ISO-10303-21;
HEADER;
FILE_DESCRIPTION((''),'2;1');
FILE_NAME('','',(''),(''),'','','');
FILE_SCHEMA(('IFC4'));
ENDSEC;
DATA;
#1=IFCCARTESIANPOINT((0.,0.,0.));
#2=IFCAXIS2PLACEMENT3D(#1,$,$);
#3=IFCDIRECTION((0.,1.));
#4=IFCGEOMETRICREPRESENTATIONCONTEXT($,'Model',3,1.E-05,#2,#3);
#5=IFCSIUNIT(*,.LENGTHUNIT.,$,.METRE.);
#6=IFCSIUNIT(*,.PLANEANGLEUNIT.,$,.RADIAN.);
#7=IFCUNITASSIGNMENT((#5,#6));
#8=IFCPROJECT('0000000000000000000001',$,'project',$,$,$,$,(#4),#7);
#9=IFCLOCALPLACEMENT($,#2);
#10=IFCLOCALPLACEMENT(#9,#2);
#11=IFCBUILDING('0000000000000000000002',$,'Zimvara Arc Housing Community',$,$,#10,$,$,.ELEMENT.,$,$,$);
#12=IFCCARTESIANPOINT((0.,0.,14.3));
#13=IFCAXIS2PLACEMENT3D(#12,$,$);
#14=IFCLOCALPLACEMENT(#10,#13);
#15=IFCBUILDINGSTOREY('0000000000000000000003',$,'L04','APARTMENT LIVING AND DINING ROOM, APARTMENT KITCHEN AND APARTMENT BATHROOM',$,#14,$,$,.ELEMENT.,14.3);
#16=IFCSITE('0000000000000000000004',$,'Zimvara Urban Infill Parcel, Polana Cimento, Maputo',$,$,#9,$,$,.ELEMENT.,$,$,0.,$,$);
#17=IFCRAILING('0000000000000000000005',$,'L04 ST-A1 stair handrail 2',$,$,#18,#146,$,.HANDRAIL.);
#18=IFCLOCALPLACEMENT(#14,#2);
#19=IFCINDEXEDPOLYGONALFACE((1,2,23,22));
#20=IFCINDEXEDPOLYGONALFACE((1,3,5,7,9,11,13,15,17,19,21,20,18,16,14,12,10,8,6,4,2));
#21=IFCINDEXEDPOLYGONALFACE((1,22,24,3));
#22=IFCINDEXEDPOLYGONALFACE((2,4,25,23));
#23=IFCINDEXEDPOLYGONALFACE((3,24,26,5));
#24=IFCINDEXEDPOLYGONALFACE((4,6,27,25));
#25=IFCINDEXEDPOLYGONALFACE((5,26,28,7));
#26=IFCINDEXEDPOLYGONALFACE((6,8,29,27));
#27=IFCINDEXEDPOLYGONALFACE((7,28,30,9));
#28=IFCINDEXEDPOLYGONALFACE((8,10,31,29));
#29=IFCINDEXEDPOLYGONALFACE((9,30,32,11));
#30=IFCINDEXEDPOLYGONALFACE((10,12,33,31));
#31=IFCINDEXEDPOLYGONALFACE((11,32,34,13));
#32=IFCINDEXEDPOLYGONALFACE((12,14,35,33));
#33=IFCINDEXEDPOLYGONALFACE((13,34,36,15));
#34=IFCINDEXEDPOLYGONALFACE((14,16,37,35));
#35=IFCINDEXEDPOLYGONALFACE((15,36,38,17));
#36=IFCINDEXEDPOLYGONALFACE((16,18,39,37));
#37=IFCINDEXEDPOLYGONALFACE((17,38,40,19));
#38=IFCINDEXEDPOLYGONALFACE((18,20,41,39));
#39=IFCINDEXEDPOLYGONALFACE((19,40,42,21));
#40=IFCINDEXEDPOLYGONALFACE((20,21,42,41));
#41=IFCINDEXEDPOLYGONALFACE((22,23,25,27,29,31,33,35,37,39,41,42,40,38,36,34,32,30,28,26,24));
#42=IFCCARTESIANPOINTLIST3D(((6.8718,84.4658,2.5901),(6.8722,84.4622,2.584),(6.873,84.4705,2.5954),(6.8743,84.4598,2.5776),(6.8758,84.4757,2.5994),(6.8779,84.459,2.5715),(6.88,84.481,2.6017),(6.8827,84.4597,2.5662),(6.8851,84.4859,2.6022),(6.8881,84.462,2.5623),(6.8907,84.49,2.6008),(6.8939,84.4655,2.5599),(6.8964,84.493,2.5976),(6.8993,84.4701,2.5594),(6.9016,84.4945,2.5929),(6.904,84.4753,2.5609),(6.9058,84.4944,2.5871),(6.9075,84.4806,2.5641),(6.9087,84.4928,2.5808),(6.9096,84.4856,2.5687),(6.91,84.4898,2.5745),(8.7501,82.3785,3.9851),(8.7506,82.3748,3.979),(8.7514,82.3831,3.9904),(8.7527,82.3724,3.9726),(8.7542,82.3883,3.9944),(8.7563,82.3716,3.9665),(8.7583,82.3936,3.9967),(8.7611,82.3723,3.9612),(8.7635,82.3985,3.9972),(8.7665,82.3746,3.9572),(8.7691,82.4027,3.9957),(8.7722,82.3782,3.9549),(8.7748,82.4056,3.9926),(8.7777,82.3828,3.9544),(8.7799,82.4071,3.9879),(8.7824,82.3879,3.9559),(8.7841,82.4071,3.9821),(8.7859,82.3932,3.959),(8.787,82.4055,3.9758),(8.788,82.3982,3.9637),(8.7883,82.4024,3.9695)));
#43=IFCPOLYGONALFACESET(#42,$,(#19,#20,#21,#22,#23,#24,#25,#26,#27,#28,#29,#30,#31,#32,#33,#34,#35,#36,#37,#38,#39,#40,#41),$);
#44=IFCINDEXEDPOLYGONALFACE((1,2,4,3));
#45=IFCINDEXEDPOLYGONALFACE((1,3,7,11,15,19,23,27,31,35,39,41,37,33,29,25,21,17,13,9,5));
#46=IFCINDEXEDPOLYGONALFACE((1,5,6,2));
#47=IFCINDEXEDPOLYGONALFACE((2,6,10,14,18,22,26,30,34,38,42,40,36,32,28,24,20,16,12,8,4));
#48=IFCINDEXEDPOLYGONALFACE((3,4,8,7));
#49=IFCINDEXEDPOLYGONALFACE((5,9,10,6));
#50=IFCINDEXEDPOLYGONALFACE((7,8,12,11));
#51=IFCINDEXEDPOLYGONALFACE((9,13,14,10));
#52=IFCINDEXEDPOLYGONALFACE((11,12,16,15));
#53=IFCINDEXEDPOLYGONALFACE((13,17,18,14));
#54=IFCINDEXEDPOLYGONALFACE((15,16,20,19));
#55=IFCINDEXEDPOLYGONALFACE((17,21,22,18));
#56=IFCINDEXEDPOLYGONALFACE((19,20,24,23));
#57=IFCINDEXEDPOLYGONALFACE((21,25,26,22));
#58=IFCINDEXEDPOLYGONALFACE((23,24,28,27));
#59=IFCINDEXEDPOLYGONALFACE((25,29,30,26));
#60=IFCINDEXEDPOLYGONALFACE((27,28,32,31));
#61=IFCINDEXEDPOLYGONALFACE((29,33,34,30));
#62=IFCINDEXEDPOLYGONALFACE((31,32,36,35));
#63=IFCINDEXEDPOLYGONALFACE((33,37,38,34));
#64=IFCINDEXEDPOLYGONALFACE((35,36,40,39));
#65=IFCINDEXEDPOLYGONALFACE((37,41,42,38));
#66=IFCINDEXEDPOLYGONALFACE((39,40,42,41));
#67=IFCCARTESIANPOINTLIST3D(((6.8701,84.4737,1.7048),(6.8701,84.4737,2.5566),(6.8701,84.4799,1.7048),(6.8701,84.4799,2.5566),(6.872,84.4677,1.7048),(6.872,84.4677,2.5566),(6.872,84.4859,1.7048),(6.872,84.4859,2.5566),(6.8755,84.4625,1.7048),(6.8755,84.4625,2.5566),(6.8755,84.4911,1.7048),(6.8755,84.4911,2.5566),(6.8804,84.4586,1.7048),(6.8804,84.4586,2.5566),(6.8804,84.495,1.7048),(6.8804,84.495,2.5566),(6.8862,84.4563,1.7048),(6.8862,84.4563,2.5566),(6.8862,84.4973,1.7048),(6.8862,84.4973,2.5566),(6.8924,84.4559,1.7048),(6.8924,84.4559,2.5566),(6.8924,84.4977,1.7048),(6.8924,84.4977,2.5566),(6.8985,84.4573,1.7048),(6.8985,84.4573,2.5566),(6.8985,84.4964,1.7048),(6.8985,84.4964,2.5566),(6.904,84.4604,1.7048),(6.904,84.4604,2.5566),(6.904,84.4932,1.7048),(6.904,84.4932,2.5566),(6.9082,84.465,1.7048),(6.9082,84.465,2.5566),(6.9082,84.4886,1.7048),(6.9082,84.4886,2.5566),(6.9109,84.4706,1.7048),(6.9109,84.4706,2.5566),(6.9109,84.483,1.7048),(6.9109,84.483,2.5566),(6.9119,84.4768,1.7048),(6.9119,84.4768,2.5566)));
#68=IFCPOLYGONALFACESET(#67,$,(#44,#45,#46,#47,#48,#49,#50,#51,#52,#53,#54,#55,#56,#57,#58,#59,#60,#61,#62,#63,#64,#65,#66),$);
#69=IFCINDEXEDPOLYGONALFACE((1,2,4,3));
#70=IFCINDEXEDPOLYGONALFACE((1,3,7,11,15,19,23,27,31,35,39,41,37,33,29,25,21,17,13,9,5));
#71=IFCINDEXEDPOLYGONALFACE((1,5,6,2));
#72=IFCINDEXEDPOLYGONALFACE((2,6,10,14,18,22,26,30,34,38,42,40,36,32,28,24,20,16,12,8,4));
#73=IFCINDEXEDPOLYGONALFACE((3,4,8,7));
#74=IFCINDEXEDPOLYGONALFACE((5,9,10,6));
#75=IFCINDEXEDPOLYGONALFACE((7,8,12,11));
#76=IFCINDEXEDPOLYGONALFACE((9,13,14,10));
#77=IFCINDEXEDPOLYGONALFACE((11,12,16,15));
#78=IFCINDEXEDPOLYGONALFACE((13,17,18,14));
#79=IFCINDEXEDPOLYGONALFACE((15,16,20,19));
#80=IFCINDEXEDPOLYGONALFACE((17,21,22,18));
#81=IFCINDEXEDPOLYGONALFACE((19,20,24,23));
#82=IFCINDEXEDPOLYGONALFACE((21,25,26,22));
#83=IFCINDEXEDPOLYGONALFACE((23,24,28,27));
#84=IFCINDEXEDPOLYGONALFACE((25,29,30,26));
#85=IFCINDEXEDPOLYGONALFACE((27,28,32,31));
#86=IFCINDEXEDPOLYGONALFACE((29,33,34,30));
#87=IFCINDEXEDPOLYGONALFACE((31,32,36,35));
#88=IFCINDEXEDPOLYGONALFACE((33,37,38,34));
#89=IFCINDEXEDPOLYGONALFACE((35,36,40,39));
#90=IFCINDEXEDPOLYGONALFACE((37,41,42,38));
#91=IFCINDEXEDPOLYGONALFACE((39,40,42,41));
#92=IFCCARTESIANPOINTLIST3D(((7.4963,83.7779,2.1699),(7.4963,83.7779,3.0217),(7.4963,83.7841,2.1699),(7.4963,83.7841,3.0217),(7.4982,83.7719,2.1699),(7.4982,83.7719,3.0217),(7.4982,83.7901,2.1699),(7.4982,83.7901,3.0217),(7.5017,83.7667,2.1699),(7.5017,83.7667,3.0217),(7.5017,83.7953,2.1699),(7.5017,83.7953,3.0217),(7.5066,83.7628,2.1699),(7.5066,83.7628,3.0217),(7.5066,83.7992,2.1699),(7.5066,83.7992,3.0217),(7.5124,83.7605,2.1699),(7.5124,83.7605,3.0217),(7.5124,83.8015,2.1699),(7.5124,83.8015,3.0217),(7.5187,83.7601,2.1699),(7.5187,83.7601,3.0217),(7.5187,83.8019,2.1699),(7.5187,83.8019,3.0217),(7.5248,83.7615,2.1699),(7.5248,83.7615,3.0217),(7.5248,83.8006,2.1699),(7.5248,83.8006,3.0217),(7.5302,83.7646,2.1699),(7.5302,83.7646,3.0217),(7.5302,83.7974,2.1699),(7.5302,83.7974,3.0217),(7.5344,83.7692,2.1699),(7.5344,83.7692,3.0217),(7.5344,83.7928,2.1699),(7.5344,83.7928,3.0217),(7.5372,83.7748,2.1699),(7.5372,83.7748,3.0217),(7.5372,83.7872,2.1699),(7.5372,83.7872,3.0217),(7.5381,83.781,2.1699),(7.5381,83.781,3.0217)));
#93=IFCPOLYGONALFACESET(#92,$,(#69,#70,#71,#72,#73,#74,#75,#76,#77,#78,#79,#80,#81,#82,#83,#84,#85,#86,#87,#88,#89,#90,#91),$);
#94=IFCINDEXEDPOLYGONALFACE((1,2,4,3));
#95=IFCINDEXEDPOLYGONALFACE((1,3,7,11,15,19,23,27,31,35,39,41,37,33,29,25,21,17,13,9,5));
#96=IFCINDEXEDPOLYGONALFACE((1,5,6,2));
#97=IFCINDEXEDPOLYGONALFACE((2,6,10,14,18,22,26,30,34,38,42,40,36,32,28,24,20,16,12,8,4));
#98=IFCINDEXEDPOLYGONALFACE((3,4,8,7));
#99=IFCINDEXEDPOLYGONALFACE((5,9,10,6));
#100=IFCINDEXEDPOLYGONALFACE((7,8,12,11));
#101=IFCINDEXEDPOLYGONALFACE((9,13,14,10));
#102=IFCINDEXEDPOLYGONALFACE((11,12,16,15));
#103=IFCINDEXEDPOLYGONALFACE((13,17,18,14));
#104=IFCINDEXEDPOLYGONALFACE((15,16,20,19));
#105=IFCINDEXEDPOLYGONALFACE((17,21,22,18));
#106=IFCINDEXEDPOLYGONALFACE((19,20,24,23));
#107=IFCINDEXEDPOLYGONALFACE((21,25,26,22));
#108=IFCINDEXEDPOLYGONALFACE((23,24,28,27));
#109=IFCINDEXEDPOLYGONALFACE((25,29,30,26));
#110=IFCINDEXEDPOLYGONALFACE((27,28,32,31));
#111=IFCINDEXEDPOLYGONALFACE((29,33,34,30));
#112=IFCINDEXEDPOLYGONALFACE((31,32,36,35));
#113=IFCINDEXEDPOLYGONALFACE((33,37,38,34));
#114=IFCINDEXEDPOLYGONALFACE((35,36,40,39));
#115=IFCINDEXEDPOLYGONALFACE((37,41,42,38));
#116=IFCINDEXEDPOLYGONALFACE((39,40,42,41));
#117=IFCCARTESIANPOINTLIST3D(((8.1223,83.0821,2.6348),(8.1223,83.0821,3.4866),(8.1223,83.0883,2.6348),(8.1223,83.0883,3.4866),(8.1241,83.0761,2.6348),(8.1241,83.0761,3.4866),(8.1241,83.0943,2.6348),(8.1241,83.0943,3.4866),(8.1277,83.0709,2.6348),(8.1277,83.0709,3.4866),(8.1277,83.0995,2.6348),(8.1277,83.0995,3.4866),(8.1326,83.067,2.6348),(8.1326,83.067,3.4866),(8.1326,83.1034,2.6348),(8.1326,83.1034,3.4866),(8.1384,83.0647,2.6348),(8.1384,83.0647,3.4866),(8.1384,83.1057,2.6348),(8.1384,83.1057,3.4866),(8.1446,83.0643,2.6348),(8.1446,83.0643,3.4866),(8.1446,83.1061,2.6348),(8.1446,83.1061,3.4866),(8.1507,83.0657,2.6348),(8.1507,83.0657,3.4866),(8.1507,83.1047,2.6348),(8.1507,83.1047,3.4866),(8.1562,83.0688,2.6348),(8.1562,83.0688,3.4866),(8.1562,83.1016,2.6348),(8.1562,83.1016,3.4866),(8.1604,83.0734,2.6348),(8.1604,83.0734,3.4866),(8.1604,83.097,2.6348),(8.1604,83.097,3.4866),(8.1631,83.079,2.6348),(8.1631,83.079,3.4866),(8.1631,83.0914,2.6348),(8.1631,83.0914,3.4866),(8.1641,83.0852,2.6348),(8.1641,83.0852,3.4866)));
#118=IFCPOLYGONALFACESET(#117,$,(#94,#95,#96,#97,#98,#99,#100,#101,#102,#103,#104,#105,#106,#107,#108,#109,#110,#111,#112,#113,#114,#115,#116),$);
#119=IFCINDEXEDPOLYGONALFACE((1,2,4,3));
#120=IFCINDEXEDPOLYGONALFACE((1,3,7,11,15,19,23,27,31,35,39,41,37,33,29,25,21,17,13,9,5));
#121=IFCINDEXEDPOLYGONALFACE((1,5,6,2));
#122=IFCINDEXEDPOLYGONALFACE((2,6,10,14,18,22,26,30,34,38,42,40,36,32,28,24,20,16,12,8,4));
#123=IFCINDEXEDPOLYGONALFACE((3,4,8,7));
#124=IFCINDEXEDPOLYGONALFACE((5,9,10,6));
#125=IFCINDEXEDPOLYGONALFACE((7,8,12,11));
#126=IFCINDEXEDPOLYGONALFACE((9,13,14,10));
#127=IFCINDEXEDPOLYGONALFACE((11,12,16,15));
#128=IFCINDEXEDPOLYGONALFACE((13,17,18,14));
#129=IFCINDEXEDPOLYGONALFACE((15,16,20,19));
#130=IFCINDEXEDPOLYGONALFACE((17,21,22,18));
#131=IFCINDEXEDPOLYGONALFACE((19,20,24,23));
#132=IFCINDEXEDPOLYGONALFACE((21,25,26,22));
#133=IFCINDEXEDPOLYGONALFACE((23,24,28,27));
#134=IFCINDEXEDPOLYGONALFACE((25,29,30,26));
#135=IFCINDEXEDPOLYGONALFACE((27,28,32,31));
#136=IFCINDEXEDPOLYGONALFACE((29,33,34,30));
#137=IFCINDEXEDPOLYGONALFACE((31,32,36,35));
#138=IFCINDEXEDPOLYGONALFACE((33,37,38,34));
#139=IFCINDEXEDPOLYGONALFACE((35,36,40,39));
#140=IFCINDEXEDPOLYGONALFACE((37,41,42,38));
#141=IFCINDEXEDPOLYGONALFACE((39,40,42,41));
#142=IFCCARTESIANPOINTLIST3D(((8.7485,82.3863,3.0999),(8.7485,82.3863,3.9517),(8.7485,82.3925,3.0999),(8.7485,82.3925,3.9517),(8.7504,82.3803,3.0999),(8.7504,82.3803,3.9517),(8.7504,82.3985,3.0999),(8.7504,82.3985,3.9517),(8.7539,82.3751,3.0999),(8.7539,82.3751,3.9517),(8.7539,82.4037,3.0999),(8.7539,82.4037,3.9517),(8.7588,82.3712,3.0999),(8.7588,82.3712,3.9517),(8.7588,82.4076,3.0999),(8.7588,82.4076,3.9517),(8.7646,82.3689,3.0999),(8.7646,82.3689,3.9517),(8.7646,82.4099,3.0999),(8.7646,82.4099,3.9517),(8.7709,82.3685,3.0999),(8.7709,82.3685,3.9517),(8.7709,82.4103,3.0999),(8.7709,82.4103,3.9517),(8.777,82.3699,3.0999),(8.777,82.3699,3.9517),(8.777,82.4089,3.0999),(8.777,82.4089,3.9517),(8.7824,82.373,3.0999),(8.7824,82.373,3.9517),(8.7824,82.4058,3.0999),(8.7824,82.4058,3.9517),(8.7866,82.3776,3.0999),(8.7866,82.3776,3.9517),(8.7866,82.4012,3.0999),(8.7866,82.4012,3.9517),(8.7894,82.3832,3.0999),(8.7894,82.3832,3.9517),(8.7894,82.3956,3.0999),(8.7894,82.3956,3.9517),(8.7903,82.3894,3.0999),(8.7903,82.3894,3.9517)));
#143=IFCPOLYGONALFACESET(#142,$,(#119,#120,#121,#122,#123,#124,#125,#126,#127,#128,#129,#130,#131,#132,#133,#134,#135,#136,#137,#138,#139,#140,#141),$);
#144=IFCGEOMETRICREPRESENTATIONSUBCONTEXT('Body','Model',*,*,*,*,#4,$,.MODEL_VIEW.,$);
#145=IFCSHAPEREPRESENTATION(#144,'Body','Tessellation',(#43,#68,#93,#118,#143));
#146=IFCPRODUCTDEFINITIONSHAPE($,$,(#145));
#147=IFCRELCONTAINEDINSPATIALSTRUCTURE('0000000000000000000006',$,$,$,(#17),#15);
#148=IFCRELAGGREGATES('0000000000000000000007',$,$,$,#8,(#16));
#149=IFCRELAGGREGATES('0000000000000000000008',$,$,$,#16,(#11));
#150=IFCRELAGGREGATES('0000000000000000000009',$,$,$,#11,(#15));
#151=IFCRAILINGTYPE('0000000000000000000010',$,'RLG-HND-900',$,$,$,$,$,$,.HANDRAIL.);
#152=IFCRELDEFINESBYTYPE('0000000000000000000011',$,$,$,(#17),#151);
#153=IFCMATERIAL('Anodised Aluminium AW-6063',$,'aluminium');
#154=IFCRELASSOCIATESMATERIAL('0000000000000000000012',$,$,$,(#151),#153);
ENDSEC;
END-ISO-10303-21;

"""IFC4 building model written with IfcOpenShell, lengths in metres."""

from ifc_helpers import new_model, si_unit, direction, frame, origin, origin_2d, place, context, subcontext, project, spatial, circle, extrude, material, type_object, element, save


model = new_model("IFC4")

# Units and contexts
model_context = context("Model", 3, precision=1e-05, world=origin(), true_north=direction((0.0, 1.0)))
body_context = subcontext(model_context, "Body", "Model", "MODEL_VIEW")
ifc_project = project(units=[si_unit("LENGTHUNIT", "METRE"), si_unit("PLANEANGLEUNIT", "RADIAN")], contexts=[model_context])

# Site, building, storey
site_placement = place(None, origin())
site = spatial("IfcSite", under=ifc_project, at=site_placement, Name="Zimvara Urban Infill Parcel, Polana Cimento, Maputo", CompositionType="ELEMENT", RefElevation=0.0)
building_placement = place(site_placement, origin())
building = spatial("IfcBuilding", under=site, at=building_placement, Name="Zimvara Arc Housing Community", CompositionType="ELEMENT")
storey_placement = place(building_placement, frame((0.0, 0.0, 14.3)))
storey = spatial("IfcBuildingStorey", under=building, at=storey_placement, Name="L04", Description="APARTMENT LIVING AND DINING ROOM, APARTMENT KITCHEN AND APARTMENT BATHROOM", CompositionType="ELEMENT", Elevation=14.3)

# Railing
ifc_material_1 = material(Name="Anodised Aluminium AW-6063", Category="aluminium")
railing_type_1 = type_object("IfcRailingType", Name="RLG-HND-900", PredefinedType="HANDRAIL", material=ifc_material_1)
railing_1_placement = place(storey_placement, frame((6.8909, 84.4768, 1.7048)))
element("IfcRailing", 1, at=railing_1_placement, inside=storey, type_object=railing_type_1, Name="L04 ST-A1 stair handrail 2", PredefinedType="HANDRAIL", context=body_context, shape_type="SweptSolid", body=[
    extrude(circle(Radius=0.0239, at=origin_2d()), frame((0.0, 0.0, 0.876), z_axis=(0.599068, -0.665718, 0.444902), x_axis=(0.743337, 0.668917, 0.0)), (0.0, 0.0, 1.0), 3.1355),
    extrude(circle(Radius=0.021, at=origin_2d()), origin(), (0.0, 0.0, 1.0), 0.8518),
    extrude(circle(Radius=0.021, at=origin_2d()), frame((0.6262, -0.6958, 0.4651)), (0.0, 0.0, 1.0), 0.8518),
    extrude(circle(Radius=0.021, at=origin_2d()), frame((1.2522, -1.3916, 0.9299)), (0.0, 0.0, 1.0), 0.8518),
    extrude(circle(Radius=0.021, at=origin_2d()), frame((1.8784, -2.0874, 1.395)), (0.0, 0.0, 1.0), 0.8518),
])

save(model, "model.ifc")
